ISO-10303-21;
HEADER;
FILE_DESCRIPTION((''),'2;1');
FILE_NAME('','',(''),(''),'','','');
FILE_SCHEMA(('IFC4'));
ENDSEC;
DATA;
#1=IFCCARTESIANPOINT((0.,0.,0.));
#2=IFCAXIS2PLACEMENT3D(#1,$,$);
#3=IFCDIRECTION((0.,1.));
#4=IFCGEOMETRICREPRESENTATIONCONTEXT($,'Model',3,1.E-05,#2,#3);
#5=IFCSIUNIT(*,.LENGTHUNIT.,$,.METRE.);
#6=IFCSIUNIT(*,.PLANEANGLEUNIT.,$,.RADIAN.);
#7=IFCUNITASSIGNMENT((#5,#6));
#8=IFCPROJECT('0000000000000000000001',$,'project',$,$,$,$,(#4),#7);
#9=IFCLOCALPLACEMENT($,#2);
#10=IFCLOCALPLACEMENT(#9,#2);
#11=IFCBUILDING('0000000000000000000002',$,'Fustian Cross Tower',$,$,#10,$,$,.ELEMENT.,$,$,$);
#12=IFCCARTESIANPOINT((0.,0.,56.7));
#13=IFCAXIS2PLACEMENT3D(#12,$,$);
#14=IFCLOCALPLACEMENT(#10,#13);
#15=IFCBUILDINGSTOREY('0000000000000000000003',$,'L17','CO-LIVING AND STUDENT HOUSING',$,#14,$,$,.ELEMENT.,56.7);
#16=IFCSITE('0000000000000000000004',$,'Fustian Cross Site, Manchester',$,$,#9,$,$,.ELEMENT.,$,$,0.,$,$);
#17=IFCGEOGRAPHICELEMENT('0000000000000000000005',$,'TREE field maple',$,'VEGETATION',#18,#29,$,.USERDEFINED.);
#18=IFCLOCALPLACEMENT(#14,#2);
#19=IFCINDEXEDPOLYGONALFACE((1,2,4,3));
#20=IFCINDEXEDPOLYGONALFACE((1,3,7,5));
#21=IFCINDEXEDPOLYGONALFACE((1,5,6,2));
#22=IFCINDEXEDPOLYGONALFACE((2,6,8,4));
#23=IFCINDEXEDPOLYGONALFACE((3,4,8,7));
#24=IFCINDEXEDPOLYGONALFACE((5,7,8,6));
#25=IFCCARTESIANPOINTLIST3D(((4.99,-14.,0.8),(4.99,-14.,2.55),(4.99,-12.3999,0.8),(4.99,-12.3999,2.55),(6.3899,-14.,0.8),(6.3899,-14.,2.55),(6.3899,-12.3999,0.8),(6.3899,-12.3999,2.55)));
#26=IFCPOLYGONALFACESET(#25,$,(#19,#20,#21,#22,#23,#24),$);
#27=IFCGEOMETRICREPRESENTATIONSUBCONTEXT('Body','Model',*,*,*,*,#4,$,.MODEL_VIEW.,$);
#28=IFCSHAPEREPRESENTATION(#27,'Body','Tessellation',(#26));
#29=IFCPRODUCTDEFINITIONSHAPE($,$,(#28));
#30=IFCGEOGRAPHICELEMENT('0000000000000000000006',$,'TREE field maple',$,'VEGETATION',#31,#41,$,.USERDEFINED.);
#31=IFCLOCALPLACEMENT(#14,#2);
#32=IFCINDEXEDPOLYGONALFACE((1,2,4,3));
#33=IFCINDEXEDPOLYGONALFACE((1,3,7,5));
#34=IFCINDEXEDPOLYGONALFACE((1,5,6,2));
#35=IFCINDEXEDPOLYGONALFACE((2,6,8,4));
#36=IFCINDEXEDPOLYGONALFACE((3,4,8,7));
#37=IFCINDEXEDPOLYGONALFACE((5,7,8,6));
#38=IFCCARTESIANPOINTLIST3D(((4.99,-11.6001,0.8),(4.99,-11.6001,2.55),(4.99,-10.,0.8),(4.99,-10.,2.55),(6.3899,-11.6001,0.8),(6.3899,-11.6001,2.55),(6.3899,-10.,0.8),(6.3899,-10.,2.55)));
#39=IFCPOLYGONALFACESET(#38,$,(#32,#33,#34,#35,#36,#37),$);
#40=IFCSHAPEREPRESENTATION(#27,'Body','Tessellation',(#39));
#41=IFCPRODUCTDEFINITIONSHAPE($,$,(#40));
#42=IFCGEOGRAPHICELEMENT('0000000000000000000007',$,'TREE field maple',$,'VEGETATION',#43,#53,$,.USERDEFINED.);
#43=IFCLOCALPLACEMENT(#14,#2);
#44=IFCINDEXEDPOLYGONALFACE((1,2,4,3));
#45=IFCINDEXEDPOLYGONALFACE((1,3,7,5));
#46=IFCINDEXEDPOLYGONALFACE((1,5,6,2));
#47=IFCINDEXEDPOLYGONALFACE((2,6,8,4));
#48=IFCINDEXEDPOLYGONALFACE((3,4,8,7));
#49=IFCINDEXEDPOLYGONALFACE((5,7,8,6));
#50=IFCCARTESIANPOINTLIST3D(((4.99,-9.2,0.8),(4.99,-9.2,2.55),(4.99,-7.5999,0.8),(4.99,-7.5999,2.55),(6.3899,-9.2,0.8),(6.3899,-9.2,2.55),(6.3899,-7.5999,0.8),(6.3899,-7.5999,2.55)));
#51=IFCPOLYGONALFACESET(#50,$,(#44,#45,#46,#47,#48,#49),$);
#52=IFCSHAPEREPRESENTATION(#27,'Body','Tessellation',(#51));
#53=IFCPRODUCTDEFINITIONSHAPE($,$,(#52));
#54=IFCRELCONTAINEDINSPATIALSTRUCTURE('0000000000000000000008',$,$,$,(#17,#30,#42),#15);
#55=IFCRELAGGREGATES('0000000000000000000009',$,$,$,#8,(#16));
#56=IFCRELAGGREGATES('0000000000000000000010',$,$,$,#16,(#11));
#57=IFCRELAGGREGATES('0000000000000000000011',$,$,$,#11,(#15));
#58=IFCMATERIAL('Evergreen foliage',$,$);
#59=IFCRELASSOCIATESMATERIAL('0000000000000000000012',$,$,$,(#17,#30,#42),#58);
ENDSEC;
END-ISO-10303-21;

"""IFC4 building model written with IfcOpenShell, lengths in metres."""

from ifc_helpers import new_model, si_unit, direction, frame, origin, origin_2d, place, context, subcontext, project, spatial, rectangle, extrude, material, element, save


model = new_model("IFC4")

# Units and contexts
model_context = context("Model", 3, precision=1e-05, world=origin(), true_north=direction((0.0, 1.0)))
body_context = subcontext(model_context, "Body", "Model", "MODEL_VIEW")
ifc_project = project(units=[si_unit("LENGTHUNIT", "METRE"), si_unit("PLANEANGLEUNIT", "RADIAN")], contexts=[model_context])

# Site, building, storey
site_placement = place(None, origin())
site = spatial("IfcSite", under=ifc_project, at=site_placement, Name="Fustian Cross Site, Manchester", CompositionType="ELEMENT", RefElevation=0.0)
building_placement = place(site_placement, origin())
building = spatial("IfcBuilding", under=site, at=building_placement, Name="Fustian Cross Tower", CompositionType="ELEMENT")
storey_placement = place(building_placement, frame((0.0, 0.0, 56.7)))
storey = spatial("IfcBuildingStorey", under=building, at=storey_placement, Name="L17", Description="CO-LIVING AND STUDENT HOUSING", CompositionType="ELEMENT", Elevation=56.7)

# Geographic elements
ifc_material_1 = material(Name="Evergreen foliage")
for number, where, z_axis, x_axis, name in (
    (1, (5.6899, -13.2, 0.8), (0.0, 0.0, 1.0), (1.0, 0.0, 0.0), "TREE field maple"),
    (2, (5.6899, -10.8, 0.8), (0.0, 0.0, 1.0), (1.0, 0.0, 0.0), "TREE field maple"),
    (3, (5.6899, -8.3999, 0.8), (0.0, 0.0, 1.0), (1.0, 0.0, 0.0), "TREE field maple"),
):
    element("IfcGeographicElement", number, at=place(storey_placement, frame(where, z_axis=z_axis, x_axis=x_axis)), inside=storey, material=ifc_material_1, Name=name, ObjectType="VEGETATION", PredefinedType="USERDEFINED", context=body_context, shape_type="SweptSolid", body=[
        extrude(rectangle(XDim=1.3999, YDim=1.6001, at=origin_2d()), origin(), (0.0, 0.0, 1.0), 1.75),
    ])

save(model, "model.ifc")
